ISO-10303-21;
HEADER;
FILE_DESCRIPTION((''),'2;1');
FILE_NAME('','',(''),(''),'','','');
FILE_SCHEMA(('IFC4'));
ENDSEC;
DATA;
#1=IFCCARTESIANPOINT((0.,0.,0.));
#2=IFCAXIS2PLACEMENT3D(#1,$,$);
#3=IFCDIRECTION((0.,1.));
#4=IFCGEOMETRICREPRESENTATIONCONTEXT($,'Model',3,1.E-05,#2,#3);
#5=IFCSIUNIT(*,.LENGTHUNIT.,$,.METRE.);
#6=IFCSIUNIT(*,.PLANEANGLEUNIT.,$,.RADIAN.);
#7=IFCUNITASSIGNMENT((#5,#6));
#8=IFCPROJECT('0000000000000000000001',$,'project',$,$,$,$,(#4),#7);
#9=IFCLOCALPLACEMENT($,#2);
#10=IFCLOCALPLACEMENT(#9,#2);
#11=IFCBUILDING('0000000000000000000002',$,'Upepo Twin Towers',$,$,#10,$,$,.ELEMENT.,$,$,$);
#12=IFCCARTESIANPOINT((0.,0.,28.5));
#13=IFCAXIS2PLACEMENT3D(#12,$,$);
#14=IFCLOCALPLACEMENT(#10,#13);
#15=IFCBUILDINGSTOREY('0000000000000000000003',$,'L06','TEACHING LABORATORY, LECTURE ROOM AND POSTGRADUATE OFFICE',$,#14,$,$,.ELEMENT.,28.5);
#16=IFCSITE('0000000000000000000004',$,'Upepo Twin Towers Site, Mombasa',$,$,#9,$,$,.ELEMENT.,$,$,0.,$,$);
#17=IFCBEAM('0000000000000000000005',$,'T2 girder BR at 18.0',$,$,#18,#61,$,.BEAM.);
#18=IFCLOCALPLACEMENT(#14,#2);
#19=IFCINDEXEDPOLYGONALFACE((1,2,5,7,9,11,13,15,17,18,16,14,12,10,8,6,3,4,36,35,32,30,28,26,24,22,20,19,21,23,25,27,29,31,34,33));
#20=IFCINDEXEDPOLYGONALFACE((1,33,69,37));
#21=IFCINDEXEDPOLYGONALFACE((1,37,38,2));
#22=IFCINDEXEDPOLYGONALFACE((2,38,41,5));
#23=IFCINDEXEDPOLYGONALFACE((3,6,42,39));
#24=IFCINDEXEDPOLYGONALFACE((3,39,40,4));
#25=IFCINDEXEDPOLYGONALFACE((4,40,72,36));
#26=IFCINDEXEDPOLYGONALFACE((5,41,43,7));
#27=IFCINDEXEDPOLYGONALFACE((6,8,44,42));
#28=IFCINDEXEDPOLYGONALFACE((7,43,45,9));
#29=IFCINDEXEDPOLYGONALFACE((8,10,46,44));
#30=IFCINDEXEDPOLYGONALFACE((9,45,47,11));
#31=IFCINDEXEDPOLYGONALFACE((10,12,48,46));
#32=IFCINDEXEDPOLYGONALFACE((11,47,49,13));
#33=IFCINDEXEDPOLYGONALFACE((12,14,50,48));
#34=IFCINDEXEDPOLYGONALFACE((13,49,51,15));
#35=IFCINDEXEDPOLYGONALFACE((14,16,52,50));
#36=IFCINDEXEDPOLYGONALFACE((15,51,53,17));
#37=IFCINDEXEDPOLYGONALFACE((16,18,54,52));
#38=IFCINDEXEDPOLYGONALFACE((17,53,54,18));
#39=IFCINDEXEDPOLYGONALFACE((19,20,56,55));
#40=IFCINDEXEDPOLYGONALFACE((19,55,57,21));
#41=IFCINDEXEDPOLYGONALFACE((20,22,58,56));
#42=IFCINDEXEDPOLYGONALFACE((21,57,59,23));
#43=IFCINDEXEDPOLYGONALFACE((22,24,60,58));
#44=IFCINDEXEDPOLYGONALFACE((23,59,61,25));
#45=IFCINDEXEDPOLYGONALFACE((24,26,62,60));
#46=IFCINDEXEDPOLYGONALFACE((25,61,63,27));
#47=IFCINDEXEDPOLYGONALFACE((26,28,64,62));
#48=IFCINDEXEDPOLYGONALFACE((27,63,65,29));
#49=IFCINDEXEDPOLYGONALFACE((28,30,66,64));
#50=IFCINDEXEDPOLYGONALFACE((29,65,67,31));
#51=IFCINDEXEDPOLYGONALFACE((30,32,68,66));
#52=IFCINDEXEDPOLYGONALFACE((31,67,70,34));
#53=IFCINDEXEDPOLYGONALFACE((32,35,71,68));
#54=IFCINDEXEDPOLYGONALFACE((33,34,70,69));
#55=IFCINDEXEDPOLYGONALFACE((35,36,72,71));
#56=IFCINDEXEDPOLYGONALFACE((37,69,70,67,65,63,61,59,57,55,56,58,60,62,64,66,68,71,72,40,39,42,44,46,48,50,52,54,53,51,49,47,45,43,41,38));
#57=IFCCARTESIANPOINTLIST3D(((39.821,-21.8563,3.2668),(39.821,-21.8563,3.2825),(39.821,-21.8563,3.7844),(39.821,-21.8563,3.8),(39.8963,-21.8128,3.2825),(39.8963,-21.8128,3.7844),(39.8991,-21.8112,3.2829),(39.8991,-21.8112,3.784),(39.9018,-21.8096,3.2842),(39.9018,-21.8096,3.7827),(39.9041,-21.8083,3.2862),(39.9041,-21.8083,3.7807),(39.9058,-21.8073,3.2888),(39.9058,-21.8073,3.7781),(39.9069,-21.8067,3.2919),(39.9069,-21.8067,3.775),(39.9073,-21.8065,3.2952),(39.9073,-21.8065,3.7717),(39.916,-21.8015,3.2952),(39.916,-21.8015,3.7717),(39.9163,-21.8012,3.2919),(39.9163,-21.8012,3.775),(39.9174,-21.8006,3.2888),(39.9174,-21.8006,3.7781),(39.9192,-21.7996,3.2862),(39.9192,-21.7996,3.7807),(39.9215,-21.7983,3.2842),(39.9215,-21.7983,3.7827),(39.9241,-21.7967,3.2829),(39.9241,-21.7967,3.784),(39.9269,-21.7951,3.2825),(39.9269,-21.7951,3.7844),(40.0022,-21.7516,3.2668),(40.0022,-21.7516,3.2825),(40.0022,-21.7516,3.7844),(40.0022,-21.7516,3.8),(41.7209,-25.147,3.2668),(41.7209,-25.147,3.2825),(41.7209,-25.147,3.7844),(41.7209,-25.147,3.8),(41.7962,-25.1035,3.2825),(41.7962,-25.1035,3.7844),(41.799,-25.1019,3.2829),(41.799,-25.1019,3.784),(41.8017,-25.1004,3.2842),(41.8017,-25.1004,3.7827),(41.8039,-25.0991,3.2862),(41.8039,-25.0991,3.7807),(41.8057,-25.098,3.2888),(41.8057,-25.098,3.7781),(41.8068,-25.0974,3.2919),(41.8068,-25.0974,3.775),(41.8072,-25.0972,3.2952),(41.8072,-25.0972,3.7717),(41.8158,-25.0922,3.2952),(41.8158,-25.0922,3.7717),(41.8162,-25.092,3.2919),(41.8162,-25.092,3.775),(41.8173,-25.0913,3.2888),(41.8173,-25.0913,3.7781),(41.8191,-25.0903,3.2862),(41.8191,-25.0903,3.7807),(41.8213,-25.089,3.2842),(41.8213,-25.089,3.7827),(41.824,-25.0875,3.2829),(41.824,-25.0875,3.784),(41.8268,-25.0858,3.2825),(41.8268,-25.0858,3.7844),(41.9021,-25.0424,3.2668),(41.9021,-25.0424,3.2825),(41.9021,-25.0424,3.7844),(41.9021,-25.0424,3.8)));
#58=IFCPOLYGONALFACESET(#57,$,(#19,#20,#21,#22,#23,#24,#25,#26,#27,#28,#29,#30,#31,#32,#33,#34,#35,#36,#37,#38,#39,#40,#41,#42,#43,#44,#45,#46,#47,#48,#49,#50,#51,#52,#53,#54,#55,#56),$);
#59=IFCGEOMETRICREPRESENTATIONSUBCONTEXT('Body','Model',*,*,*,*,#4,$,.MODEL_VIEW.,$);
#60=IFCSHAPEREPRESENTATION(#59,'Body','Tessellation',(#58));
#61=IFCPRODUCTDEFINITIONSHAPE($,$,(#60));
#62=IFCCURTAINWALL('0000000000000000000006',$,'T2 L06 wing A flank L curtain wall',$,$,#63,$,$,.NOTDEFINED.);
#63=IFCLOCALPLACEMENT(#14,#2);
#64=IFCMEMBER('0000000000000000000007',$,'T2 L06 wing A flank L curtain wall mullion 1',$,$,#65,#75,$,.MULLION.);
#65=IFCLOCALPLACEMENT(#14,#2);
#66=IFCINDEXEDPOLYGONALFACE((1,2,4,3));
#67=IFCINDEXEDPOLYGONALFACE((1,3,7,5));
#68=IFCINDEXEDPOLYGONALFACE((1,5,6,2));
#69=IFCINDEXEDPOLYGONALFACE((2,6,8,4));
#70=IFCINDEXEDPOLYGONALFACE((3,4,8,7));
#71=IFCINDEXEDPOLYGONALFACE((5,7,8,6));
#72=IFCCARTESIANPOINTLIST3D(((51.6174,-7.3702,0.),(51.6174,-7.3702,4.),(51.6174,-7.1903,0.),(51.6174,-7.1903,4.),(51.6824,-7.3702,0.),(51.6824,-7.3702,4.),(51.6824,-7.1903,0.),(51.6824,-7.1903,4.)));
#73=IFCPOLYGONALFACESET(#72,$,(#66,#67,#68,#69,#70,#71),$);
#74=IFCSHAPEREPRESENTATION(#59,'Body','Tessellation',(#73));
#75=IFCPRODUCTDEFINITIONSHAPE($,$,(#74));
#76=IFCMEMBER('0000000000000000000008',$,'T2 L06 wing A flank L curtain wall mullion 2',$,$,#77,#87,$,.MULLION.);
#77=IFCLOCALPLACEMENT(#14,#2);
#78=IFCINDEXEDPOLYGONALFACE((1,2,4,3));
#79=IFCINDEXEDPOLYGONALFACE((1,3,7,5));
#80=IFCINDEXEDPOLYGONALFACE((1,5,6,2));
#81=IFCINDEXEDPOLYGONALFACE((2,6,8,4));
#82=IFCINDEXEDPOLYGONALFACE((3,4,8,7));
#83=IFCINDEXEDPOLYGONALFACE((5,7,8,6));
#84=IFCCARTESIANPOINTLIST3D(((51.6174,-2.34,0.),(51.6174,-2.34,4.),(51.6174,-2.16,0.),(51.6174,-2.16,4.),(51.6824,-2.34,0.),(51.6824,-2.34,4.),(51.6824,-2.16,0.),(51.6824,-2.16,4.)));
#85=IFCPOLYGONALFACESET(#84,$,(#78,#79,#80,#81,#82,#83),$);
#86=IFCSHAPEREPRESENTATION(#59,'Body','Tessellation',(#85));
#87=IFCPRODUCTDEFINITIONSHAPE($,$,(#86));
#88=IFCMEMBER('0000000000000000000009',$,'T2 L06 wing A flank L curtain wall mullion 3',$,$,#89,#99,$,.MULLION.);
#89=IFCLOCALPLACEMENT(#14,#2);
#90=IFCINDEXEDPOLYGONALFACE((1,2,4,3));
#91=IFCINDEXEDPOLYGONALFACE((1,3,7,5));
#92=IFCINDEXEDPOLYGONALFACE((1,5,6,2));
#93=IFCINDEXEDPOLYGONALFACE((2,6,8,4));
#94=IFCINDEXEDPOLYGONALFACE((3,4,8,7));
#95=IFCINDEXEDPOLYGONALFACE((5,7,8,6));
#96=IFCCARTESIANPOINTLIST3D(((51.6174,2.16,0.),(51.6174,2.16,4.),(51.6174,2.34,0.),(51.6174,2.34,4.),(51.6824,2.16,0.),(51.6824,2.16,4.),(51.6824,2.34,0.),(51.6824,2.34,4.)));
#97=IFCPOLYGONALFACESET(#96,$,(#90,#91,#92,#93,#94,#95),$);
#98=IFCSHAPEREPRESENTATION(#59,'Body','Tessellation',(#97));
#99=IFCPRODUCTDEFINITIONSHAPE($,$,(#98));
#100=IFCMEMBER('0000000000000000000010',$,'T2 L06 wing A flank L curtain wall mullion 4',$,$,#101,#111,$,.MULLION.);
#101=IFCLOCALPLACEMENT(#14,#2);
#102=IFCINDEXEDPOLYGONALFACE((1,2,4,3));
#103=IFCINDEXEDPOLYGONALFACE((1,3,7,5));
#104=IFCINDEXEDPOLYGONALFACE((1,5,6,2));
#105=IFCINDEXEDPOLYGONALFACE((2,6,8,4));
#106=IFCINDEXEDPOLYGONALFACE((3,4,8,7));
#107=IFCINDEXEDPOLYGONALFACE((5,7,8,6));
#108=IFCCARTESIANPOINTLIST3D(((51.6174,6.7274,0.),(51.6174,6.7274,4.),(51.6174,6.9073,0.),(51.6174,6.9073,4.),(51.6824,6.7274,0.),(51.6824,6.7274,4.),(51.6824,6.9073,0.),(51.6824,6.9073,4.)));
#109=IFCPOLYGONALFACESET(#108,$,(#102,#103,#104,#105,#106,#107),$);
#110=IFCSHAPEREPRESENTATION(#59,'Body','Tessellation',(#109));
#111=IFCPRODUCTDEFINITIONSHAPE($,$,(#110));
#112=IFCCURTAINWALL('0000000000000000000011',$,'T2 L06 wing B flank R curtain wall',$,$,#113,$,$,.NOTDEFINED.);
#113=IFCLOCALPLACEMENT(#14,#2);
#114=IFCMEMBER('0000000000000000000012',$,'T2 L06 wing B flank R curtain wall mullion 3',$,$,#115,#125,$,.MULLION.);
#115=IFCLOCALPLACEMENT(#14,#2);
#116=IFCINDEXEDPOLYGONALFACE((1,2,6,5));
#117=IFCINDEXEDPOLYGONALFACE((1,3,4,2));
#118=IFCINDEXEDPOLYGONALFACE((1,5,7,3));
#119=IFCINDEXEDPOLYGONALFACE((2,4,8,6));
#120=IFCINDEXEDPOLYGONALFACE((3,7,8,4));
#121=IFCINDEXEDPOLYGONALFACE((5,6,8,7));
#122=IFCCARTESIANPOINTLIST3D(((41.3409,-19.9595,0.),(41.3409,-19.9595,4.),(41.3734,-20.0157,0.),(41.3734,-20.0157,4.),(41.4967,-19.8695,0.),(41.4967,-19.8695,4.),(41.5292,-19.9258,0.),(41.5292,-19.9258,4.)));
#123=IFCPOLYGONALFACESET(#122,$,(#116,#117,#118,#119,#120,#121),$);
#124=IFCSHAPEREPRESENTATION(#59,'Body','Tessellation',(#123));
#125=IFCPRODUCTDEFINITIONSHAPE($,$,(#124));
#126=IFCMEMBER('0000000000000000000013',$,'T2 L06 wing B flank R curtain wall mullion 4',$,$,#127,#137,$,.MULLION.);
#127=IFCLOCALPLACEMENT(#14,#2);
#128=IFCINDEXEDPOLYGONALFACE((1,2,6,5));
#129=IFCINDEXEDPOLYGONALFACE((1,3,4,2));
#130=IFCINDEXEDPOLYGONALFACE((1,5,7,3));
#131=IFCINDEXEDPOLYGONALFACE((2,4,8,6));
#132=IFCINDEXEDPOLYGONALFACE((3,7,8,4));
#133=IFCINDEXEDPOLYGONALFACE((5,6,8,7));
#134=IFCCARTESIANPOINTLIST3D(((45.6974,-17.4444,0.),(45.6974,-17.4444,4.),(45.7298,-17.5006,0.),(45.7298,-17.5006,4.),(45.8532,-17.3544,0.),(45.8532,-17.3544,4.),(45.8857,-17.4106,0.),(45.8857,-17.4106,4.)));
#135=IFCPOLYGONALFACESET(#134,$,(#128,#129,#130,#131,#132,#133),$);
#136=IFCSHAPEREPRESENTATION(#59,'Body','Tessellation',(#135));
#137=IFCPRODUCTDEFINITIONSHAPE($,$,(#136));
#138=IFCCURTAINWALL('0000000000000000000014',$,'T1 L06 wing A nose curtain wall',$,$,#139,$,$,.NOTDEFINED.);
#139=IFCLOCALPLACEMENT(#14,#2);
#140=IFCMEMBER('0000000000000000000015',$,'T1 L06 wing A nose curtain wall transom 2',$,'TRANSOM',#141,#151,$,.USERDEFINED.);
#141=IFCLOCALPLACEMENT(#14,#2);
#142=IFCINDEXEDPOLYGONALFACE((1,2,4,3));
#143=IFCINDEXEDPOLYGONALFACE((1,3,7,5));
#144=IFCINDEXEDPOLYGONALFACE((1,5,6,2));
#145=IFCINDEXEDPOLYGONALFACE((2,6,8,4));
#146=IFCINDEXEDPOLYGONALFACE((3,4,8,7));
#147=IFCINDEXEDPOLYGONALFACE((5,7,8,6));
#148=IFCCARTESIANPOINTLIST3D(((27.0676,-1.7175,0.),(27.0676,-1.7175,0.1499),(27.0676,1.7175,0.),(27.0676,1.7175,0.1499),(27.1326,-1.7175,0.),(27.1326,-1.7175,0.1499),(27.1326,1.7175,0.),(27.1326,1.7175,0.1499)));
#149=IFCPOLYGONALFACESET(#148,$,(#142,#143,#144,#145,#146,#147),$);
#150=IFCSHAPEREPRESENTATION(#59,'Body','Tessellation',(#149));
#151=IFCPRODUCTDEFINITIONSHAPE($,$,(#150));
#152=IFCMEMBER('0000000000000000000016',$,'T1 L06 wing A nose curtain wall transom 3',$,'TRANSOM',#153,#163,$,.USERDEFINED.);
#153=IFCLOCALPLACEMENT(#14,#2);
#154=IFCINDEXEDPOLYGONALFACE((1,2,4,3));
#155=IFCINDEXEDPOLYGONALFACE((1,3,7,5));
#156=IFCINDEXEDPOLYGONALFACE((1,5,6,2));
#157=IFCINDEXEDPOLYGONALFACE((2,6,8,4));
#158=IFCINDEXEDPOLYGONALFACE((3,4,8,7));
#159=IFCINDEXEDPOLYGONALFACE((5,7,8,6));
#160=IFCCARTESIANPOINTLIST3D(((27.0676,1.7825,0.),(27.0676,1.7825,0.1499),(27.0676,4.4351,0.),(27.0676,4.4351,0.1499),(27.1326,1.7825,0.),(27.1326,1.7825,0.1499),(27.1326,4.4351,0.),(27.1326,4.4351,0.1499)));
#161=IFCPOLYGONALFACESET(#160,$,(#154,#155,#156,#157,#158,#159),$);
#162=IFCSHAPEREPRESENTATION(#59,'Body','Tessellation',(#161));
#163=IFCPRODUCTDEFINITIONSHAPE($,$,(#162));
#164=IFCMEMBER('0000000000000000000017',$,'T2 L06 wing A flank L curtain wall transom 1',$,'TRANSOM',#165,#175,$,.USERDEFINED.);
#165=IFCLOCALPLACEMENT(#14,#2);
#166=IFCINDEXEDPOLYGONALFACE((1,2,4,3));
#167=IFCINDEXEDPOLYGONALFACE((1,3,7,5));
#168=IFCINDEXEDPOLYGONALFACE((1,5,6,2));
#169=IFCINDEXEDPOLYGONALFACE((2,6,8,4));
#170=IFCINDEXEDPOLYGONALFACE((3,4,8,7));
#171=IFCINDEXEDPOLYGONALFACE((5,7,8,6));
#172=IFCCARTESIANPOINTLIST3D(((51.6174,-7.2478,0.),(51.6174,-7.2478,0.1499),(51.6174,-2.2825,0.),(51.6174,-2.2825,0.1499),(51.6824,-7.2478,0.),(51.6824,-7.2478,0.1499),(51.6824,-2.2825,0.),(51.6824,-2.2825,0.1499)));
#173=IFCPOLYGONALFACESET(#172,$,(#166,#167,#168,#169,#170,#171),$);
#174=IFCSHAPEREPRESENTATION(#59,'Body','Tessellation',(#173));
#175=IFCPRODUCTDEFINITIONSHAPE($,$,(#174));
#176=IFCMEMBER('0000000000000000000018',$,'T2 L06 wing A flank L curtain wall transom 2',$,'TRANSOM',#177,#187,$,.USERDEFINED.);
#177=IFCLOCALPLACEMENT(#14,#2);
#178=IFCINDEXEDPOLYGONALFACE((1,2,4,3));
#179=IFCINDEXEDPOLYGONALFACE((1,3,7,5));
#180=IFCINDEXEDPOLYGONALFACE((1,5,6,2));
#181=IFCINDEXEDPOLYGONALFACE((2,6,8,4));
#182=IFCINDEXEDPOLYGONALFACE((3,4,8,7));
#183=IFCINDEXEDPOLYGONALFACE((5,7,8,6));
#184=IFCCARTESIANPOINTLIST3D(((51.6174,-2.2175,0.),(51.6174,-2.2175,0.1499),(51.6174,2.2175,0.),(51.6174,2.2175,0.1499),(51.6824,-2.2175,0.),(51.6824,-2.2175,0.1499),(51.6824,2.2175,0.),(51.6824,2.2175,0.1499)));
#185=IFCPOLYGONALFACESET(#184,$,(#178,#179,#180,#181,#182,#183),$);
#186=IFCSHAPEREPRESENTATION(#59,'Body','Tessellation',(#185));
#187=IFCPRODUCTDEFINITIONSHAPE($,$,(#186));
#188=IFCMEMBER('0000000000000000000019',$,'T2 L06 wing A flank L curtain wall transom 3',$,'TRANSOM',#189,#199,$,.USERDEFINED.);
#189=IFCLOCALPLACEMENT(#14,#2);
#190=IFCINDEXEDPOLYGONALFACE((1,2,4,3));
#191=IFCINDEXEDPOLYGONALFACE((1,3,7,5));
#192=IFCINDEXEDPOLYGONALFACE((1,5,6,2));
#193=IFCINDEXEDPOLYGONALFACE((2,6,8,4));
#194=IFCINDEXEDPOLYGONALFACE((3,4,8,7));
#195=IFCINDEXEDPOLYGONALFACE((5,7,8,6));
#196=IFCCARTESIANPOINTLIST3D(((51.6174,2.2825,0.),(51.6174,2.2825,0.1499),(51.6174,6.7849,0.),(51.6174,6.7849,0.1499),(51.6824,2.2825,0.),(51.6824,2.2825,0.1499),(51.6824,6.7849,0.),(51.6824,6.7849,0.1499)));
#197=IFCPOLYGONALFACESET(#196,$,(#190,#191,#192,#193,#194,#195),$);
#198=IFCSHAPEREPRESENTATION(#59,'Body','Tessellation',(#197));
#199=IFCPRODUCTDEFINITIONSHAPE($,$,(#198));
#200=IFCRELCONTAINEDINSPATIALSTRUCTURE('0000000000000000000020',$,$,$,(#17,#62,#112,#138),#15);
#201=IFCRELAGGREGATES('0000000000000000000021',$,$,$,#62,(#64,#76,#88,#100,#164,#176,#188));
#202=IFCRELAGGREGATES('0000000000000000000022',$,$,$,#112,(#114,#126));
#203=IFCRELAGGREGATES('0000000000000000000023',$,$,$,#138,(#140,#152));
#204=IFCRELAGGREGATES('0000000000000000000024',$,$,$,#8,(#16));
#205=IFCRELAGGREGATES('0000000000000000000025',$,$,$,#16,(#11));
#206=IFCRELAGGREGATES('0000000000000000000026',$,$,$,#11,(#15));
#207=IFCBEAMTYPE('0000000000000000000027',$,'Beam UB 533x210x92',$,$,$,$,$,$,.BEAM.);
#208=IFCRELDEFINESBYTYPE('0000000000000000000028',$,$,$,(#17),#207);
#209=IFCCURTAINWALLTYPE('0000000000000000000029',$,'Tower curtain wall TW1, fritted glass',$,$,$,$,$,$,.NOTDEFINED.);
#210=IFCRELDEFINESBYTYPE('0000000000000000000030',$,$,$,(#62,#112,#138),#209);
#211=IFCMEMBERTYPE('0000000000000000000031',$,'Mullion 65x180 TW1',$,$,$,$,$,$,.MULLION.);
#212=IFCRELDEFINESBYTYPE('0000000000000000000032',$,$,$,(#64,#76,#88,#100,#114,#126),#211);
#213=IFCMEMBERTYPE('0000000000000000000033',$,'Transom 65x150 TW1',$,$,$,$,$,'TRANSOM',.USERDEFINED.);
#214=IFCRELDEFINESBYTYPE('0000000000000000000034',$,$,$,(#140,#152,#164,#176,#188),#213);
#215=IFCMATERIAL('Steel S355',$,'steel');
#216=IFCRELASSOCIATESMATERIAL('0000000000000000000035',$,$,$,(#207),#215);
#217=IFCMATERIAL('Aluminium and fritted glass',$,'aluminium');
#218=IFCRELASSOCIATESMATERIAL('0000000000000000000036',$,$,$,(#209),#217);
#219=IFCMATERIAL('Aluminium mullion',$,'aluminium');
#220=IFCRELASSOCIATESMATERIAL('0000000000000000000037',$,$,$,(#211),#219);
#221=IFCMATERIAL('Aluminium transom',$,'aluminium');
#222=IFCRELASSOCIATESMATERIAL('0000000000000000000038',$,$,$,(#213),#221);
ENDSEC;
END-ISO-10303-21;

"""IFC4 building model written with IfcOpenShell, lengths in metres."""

from ifc_helpers import new_model, si_unit, direction, frame, origin, origin_2d, place, context, subcontext, project, spatial, rectangle, i_section, extrude, material, material_profile, profile_set, type_object, element, aggregate, save


model = new_model("IFC4")

# Units and contexts
model_context = context("Model", 3, precision=1e-05, world=origin(), true_north=direction((0.0, 1.0)))
body_context = subcontext(model_context, "Body", "Model", "MODEL_VIEW")
ifc_project = project(units=[si_unit("LENGTHUNIT", "METRE"), si_unit("PLANEANGLEUNIT", "RADIAN")], contexts=[model_context])

# Site, building, storey
site_placement = place(None, origin())
site = spatial("IfcSite", under=ifc_project, at=site_placement, Name="Upepo Twin Towers Site, Mombasa", CompositionType="ELEMENT", RefElevation=0.0)
building_placement = place(site_placement, origin())
building = spatial("IfcBuilding", under=site, at=building_placement, Name="Upepo Twin Towers", CompositionType="ELEMENT")
storey_placement = place(building_placement, frame((0.0, 0.0, 28.5)))
storey = spatial("IfcBuildingStorey", under=building, at=storey_placement, Name="L06", Description="TEACHING LABORATORY, LECTURE ROOM AND POSTGRADUATE OFFICE", CompositionType="ELEMENT", Elevation=28.5)

# Beam
ifc_material_1 = material(Name="Steel S355", Category="steel")
ifc_material_profile_1 = material_profile(ifc_material_1, i_section(OverallWidth=0.2092, OverallDepth=0.5332, WebThickness=0.01, FlangeThickness=0.0156, FilletRadius=0.0127, at=origin_2d()), Name="UB 533x210x92")
ifc_profile_set_1 = profile_set([ifc_material_profile_1], Name="Steel S355")
beam_type_1 = type_object("IfcBeamType", Name="Beam UB 533x210x92", PredefinedType="BEAM", material=ifc_profile_set_1)
beam_1_placement = place(storey_placement, frame((39.9116, -21.804, 3.5334), z_axis=(0.499995, -0.866028, 0.0), x_axis=(0.866028, 0.499995, 0.0)))
element("IfcBeam", 1, at=beam_1_placement, inside=storey, type_object=beam_type_1, Name="T2 girder BR at 18.0", PredefinedType="BEAM", context=body_context, shape_type="SweptSolid", body=[
    extrude(i_section(OverallWidth=0.2092, OverallDepth=0.5332, WebThickness=0.01, FlangeThickness=0.0156, FilletRadius=0.0127, at=origin_2d()), origin(), (0.0, 0.0, 1.0), 3.7998),
])

# Curtain walls, members
ifc_material_2 = material(Name="Aluminium and fritted glass", Category="aluminium")
curtain_wall_type = type_object("IfcCurtainWallType", Name="Tower curtain wall TW1, fritted glass", PredefinedType="NOTDEFINED", material=ifc_material_2)
curtain_wall_1_placement = place(storey_placement, origin())
curtain_wall_1 = element("IfcCurtainWall", 2, at=curtain_wall_1_placement, inside=storey, type_object=curtain_wall_type, Name="T2 L06 wing A flank L curtain wall", PredefinedType="NOTDEFINED")
ifc_material_3 = material(Name="Aluminium mullion", Category="aluminium")
ifc_material_profile_2 = material_profile(ifc_material_3, rectangle(XDim=0.0649, YDim=0.1799, at=origin_2d()), Name="MULLION 65x180")
ifc_profile_set_2 = profile_set([ifc_material_profile_2], Name="Aluminium mullion")
member_type_1 = type_object("IfcMemberType", Name="Mullion 65x180 TW1", PredefinedType="MULLION", material=ifc_profile_set_2)
member_1_placement = place(storey_placement, frame((51.6499, -7.2803, 0.0), z_axis=(0.0, 0.0, 1.0), x_axis=(-1.0, 0.0, 0.0)))
member_1 = element("IfcMember", 3, at=member_1_placement, type_object=member_type_1, Name="T2 L06 wing A flank L curtain wall mullion 1", PredefinedType="MULLION", context=body_context, shape_type="SweptSolid", body=[
    extrude(rectangle(XDim=0.0649, YDim=0.1799, at=origin_2d()), origin(), (0.0, 0.0, 1.0), 4.0),
])
member_2_placement = place(storey_placement, frame((51.6499, -2.25, 0.0), z_axis=(0.0, 0.0, 1.0), x_axis=(-1.0, 0.0, 0.0)))
member_2 = element("IfcMember", 4, at=member_2_placement, type_object=member_type_1, Name="T2 L06 wing A flank L curtain wall mullion 2", PredefinedType="MULLION", context=body_context, shape_type="SweptSolid", body=[
    extrude(rectangle(XDim=0.0649, YDim=0.1799, at=origin_2d()), origin(), (0.0, 0.0, 1.0), 4.0),
])
member_3_placement = place(storey_placement, frame((51.6499, 2.25, 0.0), z_axis=(0.0, 0.0, 1.0), x_axis=(-1.0, 0.0, 0.0)))
member_3 = element("IfcMember", 5, at=member_3_placement, type_object=member_type_1, Name="T2 L06 wing A flank L curtain wall mullion 3", PredefinedType="MULLION", context=body_context, shape_type="SweptSolid", body=[
    extrude(rectangle(XDim=0.0649, YDim=0.1799, at=origin_2d()), origin(), (0.0, 0.0, 1.0), 4.0),
])
member_4_placement = place(storey_placement, frame((51.6499, 6.8174, 0.0), z_axis=(0.0, 0.0, 1.0), x_axis=(-1.0, 0.0, 0.0)))
member_4 = element("IfcMember", 6, at=member_4_placement, type_object=member_type_1, Name="T2 L06 wing A flank L curtain wall mullion 4", PredefinedType="MULLION", context=body_context, shape_type="SweptSolid", body=[
    extrude(rectangle(XDim=0.0649, YDim=0.1799, at=origin_2d()), origin(), (0.0, 0.0, 1.0), 4.0),
])
curtain_wall_2_placement = place(storey_placement, origin())
curtain_wall_2 = element("IfcCurtainWall", 7, at=curtain_wall_2_placement, inside=storey, type_object=curtain_wall_type, Name="T2 L06 wing B flank R curtain wall", PredefinedType="NOTDEFINED")
member_5_placement = place(storey_placement, frame((41.4351, -19.9426, 0.0), z_axis=(0.0, 0.0, 1.0), x_axis=(-0.5, 0.866025, 0.0)))
member_5 = element("IfcMember", 8, at=member_5_placement, type_object=member_type_1, Name="T2 L06 wing B flank R curtain wall mullion 3", PredefinedType="MULLION", context=body_context, shape_type="SweptSolid", body=[
    extrude(rectangle(XDim=0.0649, YDim=0.1799, at=origin_2d()), origin(), (0.0, 0.0, 1.0), 4.0),
])
member_6_placement = place(storey_placement, frame((45.7915, -17.4275, 0.0), z_axis=(0.0, 0.0, 1.0), x_axis=(-0.5, 0.866025, 0.0)))
member_6 = element("IfcMember", 9, at=member_6_placement, type_object=member_type_1, Name="T2 L06 wing B flank R curtain wall mullion 4", PredefinedType="MULLION", context=body_context, shape_type="SweptSolid", body=[
    extrude(rectangle(XDim=0.0649, YDim=0.1799, at=origin_2d()), origin(), (0.0, 0.0, 1.0), 4.0),
])
curtain_wall_3_placement = place(storey_placement, origin())
curtain_wall_3 = element("IfcCurtainWall", 10, at=curtain_wall_3_placement, inside=storey, type_object=curtain_wall_type, Name="T1 L06 wing A nose curtain wall", PredefinedType="NOTDEFINED")
ifc_material_4 = material(Name="Aluminium transom", Category="aluminium")
ifc_material_profile_3 = material_profile(ifc_material_4, rectangle(XDim=0.0649, YDim=0.1499, at=origin_2d()), Name="TRANSOM 65x150")
ifc_profile_set_3 = profile_set([ifc_material_profile_3], Name="Aluminium transom")
member_type_2 = type_object("IfcMemberType", Name="Transom 65x150 TW1", ElementType="TRANSOM", PredefinedType="USERDEFINED", material=ifc_profile_set_3)
member_7_placement = place(storey_placement, frame((27.1001, -1.7175, 0.075), z_axis=(0.0, 1.0, 0.0), x_axis=(-1.0, 0.0, 0.0)))
member_7 = element("IfcMember", 11, at=member_7_placement, type_object=member_type_2, Name="T1 L06 wing A nose curtain wall transom 2", ObjectType="TRANSOM", PredefinedType="USERDEFINED", context=body_context, shape_type="SweptSolid", body=[
    extrude(rectangle(XDim=0.0649, YDim=0.1499, at=origin_2d()), origin(), (0.0, 0.0, 1.0), 3.4351),
])
member_8_placement = place(storey_placement, frame((27.1001, 1.7825, 0.075), z_axis=(0.0, 1.0, 0.0), x_axis=(-1.0, 0.0, 0.0)))
member_8 = element("IfcMember", 12, at=member_8_placement, type_object=member_type_2, Name="T1 L06 wing A nose curtain wall transom 3", ObjectType="TRANSOM", PredefinedType="USERDEFINED", context=body_context, shape_type="SweptSolid", body=[
    extrude(rectangle(XDim=0.0649, YDim=0.1499, at=origin_2d()), origin(), (0.0, 0.0, 1.0), 2.6526),
])

# Members
member_9_placement = place(storey_placement, frame((51.6499, -7.2478, 0.075), z_axis=(0.0, 1.0, 0.0), x_axis=(-1.0, 0.0, 0.0)))
member_9 = element("IfcMember", 13, at=member_9_placement, type_object=member_type_2, Name="T2 L06 wing A flank L curtain wall transom 1", ObjectType="TRANSOM", PredefinedType="USERDEFINED", context=body_context, shape_type="SweptSolid", body=[
    extrude(rectangle(XDim=0.0649, YDim=0.1499, at=origin_2d()), origin(), (0.0, 0.0, 1.0), 4.9653),
])
member_10_placement = place(storey_placement, frame((51.6499, -2.2175, 0.075), z_axis=(0.0, 1.0, 0.0), x_axis=(-1.0, 0.0, 0.0)))
member_10 = element("IfcMember", 14, at=member_10_placement, type_object=member_type_2, Name="T2 L06 wing A flank L curtain wall transom 2", ObjectType="TRANSOM", PredefinedType="USERDEFINED", context=body_context, shape_type="SweptSolid", body=[
    extrude(rectangle(XDim=0.0649, YDim=0.1499, at=origin_2d()), origin(), (0.0, 0.0, 1.0), 4.4351),
])
member_11_placement = place(storey_placement, frame((51.6499, 2.2825, 0.075), z_axis=(0.0, 1.0, 0.0), x_axis=(-1.0, 0.0, 0.0)))
member_11 = element("IfcMember", 15, at=member_11_placement, type_object=member_type_2, Name="T2 L06 wing A flank L curtain wall transom 3", ObjectType="TRANSOM", PredefinedType="USERDEFINED", context=body_context, shape_type="SweptSolid", body=[
    extrude(rectangle(XDim=0.0649, YDim=0.1499, at=origin_2d()), origin(), (0.0, 0.0, 1.0), 4.5024),
])

aggregate(curtain_wall_1, [member_1, member_2, member_3, member_4, member_9, member_10, member_11])
aggregate(curtain_wall_2, [member_5, member_6])
aggregate(curtain_wall_3, [member_7, member_8])

save(model, "model.ifc")
